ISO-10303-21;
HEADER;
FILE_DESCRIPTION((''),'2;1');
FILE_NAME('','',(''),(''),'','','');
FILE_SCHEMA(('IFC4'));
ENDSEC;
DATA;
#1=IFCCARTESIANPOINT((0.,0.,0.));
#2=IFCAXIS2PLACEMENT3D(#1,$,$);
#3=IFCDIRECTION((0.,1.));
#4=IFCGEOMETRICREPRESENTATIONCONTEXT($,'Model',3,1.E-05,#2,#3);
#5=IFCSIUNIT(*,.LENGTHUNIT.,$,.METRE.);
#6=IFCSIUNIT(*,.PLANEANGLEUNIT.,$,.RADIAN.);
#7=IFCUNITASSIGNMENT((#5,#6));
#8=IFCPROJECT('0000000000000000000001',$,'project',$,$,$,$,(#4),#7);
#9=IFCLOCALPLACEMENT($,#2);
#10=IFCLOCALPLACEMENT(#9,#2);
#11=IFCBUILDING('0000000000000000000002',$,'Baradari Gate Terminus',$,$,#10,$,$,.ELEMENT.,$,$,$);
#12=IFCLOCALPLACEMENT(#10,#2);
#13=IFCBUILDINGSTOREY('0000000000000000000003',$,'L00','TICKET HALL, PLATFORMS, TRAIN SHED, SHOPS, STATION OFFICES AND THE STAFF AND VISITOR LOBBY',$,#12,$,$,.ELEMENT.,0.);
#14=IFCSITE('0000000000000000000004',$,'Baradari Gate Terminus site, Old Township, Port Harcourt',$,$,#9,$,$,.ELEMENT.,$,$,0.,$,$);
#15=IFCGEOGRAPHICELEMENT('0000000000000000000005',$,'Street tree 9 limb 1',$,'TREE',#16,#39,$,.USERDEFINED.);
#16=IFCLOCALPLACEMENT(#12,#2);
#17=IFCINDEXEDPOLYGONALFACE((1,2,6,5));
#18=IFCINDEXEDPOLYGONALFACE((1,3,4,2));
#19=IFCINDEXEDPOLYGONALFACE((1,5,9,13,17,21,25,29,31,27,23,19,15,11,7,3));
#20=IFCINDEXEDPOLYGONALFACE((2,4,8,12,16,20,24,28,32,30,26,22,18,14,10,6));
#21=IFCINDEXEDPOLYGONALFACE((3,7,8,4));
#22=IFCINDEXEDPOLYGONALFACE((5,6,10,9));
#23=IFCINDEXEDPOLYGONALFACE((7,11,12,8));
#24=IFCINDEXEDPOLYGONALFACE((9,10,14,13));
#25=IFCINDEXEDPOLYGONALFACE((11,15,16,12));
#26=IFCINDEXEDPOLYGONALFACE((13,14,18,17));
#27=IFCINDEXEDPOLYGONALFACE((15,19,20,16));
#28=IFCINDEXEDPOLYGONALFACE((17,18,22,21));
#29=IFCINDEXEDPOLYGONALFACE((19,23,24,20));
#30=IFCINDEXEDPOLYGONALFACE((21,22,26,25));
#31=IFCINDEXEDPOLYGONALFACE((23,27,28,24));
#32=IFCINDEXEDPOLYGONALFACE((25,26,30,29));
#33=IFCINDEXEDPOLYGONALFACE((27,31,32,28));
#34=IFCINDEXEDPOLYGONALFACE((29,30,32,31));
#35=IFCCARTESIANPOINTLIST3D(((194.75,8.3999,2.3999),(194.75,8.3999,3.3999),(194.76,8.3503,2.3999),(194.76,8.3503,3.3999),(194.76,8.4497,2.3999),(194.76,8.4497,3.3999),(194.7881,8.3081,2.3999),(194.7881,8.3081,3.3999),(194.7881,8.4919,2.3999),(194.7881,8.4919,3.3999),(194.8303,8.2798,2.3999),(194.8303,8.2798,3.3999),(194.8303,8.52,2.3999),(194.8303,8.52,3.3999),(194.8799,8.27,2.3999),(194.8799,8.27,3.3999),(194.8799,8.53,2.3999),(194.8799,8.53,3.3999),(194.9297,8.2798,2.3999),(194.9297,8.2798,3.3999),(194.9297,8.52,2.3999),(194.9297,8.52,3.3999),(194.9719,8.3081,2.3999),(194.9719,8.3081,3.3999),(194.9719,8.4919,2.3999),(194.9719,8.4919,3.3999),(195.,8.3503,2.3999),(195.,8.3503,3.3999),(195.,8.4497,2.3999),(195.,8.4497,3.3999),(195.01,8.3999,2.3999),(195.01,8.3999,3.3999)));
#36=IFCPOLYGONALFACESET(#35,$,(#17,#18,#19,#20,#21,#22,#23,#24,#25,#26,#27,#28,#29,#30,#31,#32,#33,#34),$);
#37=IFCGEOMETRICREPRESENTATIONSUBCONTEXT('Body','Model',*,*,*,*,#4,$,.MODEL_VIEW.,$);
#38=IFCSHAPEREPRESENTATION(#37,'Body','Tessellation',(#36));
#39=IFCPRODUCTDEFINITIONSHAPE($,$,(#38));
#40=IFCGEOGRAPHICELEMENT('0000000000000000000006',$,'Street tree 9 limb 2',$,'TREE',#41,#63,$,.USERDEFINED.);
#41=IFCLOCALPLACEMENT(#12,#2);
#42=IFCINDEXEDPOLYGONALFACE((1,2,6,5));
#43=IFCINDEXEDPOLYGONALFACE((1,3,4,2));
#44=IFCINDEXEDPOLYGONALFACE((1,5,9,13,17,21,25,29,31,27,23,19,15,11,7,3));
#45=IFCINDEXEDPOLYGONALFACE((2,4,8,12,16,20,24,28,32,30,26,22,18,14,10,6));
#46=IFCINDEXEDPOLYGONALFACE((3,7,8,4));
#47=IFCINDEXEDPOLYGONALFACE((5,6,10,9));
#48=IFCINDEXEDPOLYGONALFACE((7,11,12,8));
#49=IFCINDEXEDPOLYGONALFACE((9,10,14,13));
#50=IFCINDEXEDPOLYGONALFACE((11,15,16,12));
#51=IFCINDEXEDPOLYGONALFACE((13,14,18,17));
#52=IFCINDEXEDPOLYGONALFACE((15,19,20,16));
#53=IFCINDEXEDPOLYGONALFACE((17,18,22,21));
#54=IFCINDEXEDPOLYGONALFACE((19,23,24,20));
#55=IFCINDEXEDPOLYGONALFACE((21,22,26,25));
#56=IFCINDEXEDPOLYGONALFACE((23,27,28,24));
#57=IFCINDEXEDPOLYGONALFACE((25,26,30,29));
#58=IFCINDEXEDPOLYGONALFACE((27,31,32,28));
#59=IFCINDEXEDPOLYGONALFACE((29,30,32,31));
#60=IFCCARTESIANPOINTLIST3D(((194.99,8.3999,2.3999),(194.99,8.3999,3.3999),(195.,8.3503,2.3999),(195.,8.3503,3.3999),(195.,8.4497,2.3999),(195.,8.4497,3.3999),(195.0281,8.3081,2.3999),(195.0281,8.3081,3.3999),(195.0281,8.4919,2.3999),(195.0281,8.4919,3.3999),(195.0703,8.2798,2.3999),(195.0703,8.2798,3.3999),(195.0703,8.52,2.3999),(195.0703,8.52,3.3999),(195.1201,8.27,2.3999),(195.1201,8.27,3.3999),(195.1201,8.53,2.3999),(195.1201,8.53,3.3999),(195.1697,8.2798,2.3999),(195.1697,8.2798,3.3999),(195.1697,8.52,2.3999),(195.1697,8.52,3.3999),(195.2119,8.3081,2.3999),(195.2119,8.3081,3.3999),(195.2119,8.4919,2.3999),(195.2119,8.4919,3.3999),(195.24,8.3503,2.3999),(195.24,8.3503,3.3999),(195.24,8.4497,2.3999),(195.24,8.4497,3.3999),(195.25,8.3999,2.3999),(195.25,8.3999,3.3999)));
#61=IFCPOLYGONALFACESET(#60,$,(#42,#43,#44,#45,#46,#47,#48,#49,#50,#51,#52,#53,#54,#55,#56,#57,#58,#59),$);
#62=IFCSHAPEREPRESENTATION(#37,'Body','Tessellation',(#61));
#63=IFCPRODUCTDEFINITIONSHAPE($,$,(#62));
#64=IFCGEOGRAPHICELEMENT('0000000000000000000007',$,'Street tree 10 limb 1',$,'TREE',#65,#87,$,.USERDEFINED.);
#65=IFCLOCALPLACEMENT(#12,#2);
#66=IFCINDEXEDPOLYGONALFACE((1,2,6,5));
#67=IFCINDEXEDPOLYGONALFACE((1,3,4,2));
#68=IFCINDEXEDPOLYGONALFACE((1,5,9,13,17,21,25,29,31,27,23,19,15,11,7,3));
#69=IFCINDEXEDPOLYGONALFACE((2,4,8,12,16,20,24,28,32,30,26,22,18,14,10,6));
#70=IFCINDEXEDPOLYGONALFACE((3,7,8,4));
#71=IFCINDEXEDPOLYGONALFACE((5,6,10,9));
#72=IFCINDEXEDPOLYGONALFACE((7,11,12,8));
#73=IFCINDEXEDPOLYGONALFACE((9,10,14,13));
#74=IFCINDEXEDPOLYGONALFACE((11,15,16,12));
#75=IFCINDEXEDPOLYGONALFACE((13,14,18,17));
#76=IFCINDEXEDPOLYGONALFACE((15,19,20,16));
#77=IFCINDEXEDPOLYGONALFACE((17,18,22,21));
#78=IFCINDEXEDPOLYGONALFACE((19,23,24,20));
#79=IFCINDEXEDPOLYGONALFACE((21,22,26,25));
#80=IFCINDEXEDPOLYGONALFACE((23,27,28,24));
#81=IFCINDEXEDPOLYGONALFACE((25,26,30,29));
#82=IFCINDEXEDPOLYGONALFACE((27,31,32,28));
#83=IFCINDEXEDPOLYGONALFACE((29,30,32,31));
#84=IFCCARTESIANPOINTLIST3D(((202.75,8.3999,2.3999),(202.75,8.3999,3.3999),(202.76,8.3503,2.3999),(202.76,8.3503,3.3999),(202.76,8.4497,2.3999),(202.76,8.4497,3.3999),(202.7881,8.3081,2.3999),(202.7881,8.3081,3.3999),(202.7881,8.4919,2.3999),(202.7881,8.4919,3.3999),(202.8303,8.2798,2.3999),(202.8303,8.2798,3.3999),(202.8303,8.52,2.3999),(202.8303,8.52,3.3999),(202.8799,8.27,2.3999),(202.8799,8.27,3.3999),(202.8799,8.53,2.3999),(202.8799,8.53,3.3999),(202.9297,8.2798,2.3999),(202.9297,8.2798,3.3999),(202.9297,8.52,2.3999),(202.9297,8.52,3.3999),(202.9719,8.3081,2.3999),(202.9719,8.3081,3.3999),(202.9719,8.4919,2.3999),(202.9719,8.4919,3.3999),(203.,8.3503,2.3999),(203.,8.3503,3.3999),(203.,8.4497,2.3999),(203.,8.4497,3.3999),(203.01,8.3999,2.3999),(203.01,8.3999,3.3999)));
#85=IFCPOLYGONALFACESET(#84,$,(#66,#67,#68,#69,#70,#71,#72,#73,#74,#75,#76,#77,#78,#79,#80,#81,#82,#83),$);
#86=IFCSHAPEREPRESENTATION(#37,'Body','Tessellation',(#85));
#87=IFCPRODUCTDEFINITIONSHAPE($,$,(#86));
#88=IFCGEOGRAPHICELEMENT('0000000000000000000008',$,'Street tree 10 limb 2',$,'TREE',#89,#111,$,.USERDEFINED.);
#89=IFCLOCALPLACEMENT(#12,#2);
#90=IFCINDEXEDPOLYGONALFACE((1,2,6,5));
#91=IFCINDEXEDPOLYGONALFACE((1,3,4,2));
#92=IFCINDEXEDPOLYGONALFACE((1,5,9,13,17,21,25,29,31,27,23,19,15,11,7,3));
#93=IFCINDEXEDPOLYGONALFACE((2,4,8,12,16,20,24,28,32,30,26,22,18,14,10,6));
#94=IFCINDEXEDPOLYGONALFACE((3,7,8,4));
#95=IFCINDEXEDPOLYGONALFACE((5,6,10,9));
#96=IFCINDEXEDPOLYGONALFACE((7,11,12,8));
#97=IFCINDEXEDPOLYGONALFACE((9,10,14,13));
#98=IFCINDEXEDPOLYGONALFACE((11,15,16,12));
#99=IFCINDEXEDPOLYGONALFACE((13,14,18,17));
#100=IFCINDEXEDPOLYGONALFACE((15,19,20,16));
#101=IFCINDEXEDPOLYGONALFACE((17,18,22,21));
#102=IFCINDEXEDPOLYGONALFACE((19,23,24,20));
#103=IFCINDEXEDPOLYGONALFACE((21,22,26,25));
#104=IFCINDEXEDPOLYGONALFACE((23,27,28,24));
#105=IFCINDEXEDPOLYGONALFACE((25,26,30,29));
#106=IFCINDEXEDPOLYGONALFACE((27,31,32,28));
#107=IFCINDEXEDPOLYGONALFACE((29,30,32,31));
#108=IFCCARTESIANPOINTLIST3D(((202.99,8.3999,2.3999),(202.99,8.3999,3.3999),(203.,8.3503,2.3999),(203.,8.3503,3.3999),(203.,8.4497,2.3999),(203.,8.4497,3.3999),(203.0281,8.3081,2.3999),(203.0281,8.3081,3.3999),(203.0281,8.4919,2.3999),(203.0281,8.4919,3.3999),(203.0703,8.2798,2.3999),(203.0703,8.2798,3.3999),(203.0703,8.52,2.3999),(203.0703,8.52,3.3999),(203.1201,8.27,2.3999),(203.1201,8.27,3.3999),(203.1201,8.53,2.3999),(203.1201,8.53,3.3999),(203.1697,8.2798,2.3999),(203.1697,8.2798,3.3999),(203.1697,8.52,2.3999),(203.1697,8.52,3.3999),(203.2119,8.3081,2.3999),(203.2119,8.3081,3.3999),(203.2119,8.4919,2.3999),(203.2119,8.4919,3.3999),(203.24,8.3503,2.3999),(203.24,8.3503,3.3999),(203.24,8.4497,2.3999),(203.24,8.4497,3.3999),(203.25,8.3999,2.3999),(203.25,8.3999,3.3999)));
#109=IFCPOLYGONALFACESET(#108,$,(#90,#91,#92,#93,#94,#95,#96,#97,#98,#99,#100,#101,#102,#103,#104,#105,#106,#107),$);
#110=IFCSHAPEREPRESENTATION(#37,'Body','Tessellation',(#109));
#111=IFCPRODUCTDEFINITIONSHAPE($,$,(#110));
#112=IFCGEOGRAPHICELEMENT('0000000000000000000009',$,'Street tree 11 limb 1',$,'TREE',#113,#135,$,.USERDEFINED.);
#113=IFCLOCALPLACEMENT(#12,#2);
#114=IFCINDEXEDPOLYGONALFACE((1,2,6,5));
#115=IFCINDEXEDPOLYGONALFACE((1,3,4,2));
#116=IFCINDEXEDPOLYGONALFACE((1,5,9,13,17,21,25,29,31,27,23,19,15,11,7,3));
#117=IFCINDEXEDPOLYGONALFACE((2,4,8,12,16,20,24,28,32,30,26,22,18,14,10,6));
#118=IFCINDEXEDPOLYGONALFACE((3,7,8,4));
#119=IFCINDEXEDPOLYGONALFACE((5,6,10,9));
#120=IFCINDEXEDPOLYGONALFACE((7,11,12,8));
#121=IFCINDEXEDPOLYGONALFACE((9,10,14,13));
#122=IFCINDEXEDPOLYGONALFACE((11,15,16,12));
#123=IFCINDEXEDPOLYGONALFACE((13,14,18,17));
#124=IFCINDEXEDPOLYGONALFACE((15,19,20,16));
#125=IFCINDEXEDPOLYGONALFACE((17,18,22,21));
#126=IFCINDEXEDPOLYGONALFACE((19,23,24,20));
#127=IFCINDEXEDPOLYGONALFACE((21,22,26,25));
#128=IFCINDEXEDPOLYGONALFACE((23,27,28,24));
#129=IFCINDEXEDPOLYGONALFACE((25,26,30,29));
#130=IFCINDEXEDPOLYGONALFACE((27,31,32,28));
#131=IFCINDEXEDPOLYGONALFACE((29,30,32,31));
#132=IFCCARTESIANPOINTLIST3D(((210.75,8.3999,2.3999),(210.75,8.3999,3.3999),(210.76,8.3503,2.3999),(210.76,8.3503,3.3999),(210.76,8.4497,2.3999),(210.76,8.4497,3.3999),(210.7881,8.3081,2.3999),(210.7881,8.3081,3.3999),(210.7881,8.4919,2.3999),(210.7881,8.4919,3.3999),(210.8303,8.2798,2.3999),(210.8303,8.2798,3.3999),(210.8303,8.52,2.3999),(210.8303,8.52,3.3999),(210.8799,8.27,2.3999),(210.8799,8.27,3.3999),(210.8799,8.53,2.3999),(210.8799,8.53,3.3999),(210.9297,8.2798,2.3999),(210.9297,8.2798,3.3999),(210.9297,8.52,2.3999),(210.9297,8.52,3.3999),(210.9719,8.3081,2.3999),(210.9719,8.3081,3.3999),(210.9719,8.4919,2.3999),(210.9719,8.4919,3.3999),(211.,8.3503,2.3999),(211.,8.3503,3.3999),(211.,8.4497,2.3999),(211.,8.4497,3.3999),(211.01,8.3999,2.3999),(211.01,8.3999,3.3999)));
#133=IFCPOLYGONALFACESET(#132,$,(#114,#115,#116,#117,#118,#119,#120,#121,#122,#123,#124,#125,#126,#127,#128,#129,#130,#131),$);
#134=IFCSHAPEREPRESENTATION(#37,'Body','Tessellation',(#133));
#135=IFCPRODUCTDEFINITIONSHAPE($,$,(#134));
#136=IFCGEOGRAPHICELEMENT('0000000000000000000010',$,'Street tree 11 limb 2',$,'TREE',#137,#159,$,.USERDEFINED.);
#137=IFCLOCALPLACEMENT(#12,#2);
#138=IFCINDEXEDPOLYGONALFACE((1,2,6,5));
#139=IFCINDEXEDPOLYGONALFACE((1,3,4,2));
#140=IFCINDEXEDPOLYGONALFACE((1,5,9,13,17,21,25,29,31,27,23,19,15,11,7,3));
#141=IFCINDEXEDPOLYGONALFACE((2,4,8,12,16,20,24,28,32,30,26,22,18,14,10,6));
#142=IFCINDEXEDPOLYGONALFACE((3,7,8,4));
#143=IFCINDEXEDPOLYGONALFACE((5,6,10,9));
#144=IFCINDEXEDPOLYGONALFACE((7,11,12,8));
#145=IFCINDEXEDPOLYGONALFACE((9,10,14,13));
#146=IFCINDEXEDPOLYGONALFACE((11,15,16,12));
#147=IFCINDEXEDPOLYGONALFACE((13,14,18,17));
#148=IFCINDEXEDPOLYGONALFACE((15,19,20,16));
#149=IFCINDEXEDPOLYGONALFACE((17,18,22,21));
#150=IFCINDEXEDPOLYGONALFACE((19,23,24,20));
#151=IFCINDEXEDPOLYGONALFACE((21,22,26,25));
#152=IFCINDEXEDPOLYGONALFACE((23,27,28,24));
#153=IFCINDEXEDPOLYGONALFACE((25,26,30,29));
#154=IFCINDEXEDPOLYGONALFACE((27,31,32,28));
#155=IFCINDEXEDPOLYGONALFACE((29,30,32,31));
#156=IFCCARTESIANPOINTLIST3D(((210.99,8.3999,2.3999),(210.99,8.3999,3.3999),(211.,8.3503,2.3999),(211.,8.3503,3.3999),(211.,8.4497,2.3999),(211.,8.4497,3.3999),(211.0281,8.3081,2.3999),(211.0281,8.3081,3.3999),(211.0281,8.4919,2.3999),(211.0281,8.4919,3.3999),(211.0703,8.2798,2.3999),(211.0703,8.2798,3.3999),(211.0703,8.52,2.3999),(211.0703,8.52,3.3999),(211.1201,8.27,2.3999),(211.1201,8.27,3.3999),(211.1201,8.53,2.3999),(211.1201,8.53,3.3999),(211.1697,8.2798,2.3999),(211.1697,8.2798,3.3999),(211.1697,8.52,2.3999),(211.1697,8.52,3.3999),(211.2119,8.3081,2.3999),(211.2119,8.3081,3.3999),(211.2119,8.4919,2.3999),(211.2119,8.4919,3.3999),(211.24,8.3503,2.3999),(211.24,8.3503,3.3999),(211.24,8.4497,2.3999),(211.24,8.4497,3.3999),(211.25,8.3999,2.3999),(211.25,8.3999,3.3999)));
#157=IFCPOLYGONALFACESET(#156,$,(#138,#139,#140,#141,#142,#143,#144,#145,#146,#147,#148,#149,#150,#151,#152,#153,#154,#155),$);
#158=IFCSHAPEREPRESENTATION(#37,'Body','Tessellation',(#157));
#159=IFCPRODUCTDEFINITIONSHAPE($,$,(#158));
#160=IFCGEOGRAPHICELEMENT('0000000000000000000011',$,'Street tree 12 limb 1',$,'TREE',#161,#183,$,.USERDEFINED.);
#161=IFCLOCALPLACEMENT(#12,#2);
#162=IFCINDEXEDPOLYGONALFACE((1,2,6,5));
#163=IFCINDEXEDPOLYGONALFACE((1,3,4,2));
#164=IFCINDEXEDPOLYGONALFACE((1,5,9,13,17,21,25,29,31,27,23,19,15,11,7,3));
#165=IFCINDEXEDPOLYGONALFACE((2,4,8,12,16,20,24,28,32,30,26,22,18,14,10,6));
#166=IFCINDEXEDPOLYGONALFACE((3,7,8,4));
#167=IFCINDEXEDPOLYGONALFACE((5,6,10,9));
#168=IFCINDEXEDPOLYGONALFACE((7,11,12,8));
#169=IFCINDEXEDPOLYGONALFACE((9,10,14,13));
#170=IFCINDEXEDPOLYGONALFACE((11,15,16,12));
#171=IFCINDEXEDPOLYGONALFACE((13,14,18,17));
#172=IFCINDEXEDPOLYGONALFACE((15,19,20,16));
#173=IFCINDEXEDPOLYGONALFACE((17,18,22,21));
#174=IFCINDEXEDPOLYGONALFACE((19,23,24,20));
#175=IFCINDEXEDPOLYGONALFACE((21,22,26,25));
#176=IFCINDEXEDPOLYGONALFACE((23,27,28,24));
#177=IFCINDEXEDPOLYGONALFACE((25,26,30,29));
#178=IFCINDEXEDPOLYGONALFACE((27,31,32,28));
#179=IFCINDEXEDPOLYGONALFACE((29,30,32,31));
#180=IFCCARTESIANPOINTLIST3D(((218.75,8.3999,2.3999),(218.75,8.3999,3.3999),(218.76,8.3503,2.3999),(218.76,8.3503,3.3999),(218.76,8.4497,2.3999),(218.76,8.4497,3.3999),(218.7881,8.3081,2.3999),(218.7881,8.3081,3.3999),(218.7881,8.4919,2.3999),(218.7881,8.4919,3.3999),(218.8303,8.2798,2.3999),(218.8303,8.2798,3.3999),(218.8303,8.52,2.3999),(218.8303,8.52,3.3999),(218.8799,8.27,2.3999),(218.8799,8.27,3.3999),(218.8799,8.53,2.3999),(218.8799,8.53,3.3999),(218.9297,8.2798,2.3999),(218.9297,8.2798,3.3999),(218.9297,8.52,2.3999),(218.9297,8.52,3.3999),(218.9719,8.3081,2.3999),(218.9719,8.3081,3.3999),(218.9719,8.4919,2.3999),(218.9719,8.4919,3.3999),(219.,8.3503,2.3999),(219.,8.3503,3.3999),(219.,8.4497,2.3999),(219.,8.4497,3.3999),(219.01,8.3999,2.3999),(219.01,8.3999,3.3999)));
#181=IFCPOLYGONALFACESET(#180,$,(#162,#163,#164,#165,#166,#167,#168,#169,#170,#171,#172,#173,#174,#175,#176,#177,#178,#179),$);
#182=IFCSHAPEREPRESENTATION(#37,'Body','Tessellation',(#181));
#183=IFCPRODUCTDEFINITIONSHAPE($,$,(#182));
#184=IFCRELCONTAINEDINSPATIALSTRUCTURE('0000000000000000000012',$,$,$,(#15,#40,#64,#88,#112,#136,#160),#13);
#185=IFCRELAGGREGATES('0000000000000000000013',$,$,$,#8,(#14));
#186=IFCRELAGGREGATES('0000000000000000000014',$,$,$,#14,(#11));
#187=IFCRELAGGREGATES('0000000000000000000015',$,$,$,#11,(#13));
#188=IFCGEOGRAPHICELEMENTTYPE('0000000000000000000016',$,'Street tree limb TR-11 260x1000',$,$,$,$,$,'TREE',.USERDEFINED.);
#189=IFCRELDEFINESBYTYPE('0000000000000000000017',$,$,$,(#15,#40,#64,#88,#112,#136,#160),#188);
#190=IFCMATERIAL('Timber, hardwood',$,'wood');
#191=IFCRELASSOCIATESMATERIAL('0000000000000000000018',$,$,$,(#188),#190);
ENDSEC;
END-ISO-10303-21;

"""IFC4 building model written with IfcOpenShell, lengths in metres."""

from ifc_helpers import new_model, si_unit, direction, frame, origin, place, context, subcontext, project, spatial, polyline, outline, extrude, material, type_object, element, save


model = new_model("IFC4")

# Units and contexts
model_context = context("Model", 3, precision=1e-05, world=origin(), true_north=direction((0.0, 1.0)))
body_context = subcontext(model_context, "Body", "Model", "MODEL_VIEW")
ifc_project = project(units=[si_unit("LENGTHUNIT", "METRE"), si_unit("PLANEANGLEUNIT", "RADIAN")], contexts=[model_context])

# Site, building, storey
site_placement = place(None, origin())
site = spatial("IfcSite", under=ifc_project, at=site_placement, Name="Baradari Gate Terminus site, Old Township, Port Harcourt", CompositionType="ELEMENT", RefElevation=0.0)
building_placement = place(site_placement, origin())
building = spatial("IfcBuilding", under=site, at=building_placement, Name="Baradari Gate Terminus", CompositionType="ELEMENT")
storey_placement = place(building_placement, origin())
storey = spatial("IfcBuildingStorey", under=building, at=storey_placement, Name="L00", Description="TICKET HALL, PLATFORMS, TRAIN SHED, SHOPS, STATION OFFICES AND THE STAFF AND VISITOR LOBBY", CompositionType="ELEMENT", Elevation=0.0)

# Geographic elements
ifc_material_1 = material(Name="Timber, hardwood", Category="wood")
geographic_element_type = type_object("IfcGeographicElementType", Name="Street tree limb TR-11 260x1000", ElementType="TREE", PredefinedType="USERDEFINED", material=ifc_material_1)
geographic_element_1_placement = place(storey_placement, frame((0.0, 0.0, 2.3999)))
element("IfcGeographicElement", 1, at=geographic_element_1_placement, inside=storey, type_object=geographic_element_type, Name="Street tree 9 limb 1", ObjectType="TREE", PredefinedType="USERDEFINED", context=body_context, shape_type="SweptSolid", body=[
    extrude(outline(polyline([(195.01, 8.3999), (195.0, 8.4497), (194.9719, 8.4919), (194.9297, 8.52), (194.8799, 8.53), (194.8303, 8.52), (194.7881, 8.4919), (194.76, 8.4497), (194.75, 8.3999), (194.76, 8.3503), (194.7881, 8.3081), (194.8303, 8.2798), (194.8799, 8.27), (194.9297, 8.2798), (194.9719, 8.3081), (195.0, 8.3503), (195.01, 8.3999)])), origin(), (0.0, 0.0, 1.0), 1.0),
])
geographic_element_2_placement = place(storey_placement, frame((0.0, 0.0, 2.3999)))
element("IfcGeographicElement", 2, at=geographic_element_2_placement, inside=storey, type_object=geographic_element_type, Name="Street tree 9 limb 2", ObjectType="TREE", PredefinedType="USERDEFINED", context=body_context, shape_type="SweptSolid", body=[
    extrude(outline(polyline([(195.25, 8.3999), (195.24, 8.4497), (195.2119, 8.4919), (195.1697, 8.52), (195.1201, 8.53), (195.0703, 8.52), (195.0281, 8.4919), (195.0, 8.4497), (194.99, 8.3999), (195.0, 8.3503), (195.0281, 8.3081), (195.0703, 8.2798), (195.1201, 8.27), (195.1697, 8.2798), (195.2119, 8.3081), (195.24, 8.3503), (195.25, 8.3999)])), origin(), (0.0, 0.0, 1.0), 1.0),
])
geographic_element_3_placement = place(storey_placement, frame((0.0, 0.0, 2.3999)))
element("IfcGeographicElement", 3, at=geographic_element_3_placement, inside=storey, type_object=geographic_element_type, Name="Street tree 10 limb 1", ObjectType="TREE", PredefinedType="USERDEFINED", context=body_context, shape_type="SweptSolid", body=[
    extrude(outline(polyline([(203.01, 8.3999), (203.0, 8.4497), (202.9719, 8.4919), (202.9297, 8.52), (202.8799, 8.53), (202.8303, 8.52), (202.7881, 8.4919), (202.76, 8.4497), (202.75, 8.3999), (202.76, 8.3503), (202.7881, 8.3081), (202.8303, 8.2798), (202.8799, 8.27), (202.9297, 8.2798), (202.9719, 8.3081), (203.0, 8.3503), (203.01, 8.3999)])), origin(), (0.0, 0.0, 1.0), 1.0),
])
geographic_element_4_placement = place(storey_placement, frame((0.0, 0.0, 2.3999)))
element("IfcGeographicElement", 4, at=geographic_element_4_placement, inside=storey, type_object=geographic_element_type, Name="Street tree 10 limb 2", ObjectType="TREE", PredefinedType="USERDEFINED", context=body_context, shape_type="SweptSolid", body=[
    extrude(outline(polyline([(203.25, 8.3999), (203.24, 8.4497), (203.2119, 8.4919), (203.1697, 8.52), (203.1201, 8.53), (203.0703, 8.52), (203.0281, 8.4919), (203.0, 8.4497), (202.99, 8.3999), (203.0, 8.3503), (203.0281, 8.3081), (203.0703, 8.2798), (203.1201, 8.27), (203.1697, 8.2798), (203.2119, 8.3081), (203.24, 8.3503), (203.25, 8.3999)])), origin(), (0.0, 0.0, 1.0), 1.0),
])
geographic_element_5_placement = place(storey_placement, frame((0.0, 0.0, 2.3999)))
element("IfcGeographicElement", 5, at=geographic_element_5_placement, inside=storey, type_object=geographic_element_type, Name="Street tree 11 limb 1", ObjectType="TREE", PredefinedType="USERDEFINED", context=body_context, shape_type="SweptSolid", body=[
    extrude(outline(polyline([(211.01, 8.3999), (211.0, 8.4497), (210.9719, 8.4919), (210.9297, 8.52), (210.8799, 8.53), (210.8303, 8.52), (210.7881, 8.4919), (210.76, 8.4497), (210.75, 8.3999), (210.76, 8.3503), (210.7881, 8.3081), (210.8303, 8.2798), (210.8799, 8.27), (210.9297, 8.2798), (210.9719, 8.3081), (211.0, 8.3503), (211.01, 8.3999)])), origin(), (0.0, 0.0, 1.0), 1.0),
])
geographic_element_6_placement = place(storey_placement, frame((0.0, 0.0, 2.3999)))
element("IfcGeographicElement", 6, at=geographic_element_6_placement, inside=storey, type_object=geographic_element_type, Name="Street tree 11 limb 2", ObjectType="TREE", PredefinedType="USERDEFINED", context=body_context, shape_type="SweptSolid", body=[
    extrude(outline(polyline([(211.25, 8.3999), (211.24, 8.4497), (211.2119, 8.4919), (211.1697, 8.52), (211.1201, 8.53), (211.0703, 8.52), (211.0281, 8.4919), (211.0, 8.4497), (210.99, 8.3999), (211.0, 8.3503), (211.0281, 8.3081), (211.0703, 8.2798), (211.1201, 8.27), (211.1697, 8.2798), (211.2119, 8.3081), (211.24, 8.3503), (211.25, 8.3999)])), origin(), (0.0, 0.0, 1.0), 1.0),
])
geographic_element_7_placement = place(storey_placement, frame((0.0, 0.0, 2.3999)))
element("IfcGeographicElement", 7, at=geographic_element_7_placement, inside=storey, type_object=geographic_element_type, Name="Street tree 12 limb 1", ObjectType="TREE", PredefinedType="USERDEFINED", context=body_context, shape_type="SweptSolid", body=[
    extrude(outline(polyline([(219.01, 8.3999), (219.0, 8.4497), (218.9719, 8.4919), (218.9297, 8.52), (218.8799, 8.53), (218.8303, 8.52), (218.7881, 8.4919), (218.76, 8.4497), (218.75, 8.3999), (218.76, 8.3503), (218.7881, 8.3081), (218.8303, 8.2798), (218.8799, 8.27), (218.9297, 8.2798), (218.9719, 8.3081), (219.0, 8.3503), (219.01, 8.3999)])), origin(), (0.0, 0.0, 1.0), 1.0),
])

save(model, "model.ifc")
